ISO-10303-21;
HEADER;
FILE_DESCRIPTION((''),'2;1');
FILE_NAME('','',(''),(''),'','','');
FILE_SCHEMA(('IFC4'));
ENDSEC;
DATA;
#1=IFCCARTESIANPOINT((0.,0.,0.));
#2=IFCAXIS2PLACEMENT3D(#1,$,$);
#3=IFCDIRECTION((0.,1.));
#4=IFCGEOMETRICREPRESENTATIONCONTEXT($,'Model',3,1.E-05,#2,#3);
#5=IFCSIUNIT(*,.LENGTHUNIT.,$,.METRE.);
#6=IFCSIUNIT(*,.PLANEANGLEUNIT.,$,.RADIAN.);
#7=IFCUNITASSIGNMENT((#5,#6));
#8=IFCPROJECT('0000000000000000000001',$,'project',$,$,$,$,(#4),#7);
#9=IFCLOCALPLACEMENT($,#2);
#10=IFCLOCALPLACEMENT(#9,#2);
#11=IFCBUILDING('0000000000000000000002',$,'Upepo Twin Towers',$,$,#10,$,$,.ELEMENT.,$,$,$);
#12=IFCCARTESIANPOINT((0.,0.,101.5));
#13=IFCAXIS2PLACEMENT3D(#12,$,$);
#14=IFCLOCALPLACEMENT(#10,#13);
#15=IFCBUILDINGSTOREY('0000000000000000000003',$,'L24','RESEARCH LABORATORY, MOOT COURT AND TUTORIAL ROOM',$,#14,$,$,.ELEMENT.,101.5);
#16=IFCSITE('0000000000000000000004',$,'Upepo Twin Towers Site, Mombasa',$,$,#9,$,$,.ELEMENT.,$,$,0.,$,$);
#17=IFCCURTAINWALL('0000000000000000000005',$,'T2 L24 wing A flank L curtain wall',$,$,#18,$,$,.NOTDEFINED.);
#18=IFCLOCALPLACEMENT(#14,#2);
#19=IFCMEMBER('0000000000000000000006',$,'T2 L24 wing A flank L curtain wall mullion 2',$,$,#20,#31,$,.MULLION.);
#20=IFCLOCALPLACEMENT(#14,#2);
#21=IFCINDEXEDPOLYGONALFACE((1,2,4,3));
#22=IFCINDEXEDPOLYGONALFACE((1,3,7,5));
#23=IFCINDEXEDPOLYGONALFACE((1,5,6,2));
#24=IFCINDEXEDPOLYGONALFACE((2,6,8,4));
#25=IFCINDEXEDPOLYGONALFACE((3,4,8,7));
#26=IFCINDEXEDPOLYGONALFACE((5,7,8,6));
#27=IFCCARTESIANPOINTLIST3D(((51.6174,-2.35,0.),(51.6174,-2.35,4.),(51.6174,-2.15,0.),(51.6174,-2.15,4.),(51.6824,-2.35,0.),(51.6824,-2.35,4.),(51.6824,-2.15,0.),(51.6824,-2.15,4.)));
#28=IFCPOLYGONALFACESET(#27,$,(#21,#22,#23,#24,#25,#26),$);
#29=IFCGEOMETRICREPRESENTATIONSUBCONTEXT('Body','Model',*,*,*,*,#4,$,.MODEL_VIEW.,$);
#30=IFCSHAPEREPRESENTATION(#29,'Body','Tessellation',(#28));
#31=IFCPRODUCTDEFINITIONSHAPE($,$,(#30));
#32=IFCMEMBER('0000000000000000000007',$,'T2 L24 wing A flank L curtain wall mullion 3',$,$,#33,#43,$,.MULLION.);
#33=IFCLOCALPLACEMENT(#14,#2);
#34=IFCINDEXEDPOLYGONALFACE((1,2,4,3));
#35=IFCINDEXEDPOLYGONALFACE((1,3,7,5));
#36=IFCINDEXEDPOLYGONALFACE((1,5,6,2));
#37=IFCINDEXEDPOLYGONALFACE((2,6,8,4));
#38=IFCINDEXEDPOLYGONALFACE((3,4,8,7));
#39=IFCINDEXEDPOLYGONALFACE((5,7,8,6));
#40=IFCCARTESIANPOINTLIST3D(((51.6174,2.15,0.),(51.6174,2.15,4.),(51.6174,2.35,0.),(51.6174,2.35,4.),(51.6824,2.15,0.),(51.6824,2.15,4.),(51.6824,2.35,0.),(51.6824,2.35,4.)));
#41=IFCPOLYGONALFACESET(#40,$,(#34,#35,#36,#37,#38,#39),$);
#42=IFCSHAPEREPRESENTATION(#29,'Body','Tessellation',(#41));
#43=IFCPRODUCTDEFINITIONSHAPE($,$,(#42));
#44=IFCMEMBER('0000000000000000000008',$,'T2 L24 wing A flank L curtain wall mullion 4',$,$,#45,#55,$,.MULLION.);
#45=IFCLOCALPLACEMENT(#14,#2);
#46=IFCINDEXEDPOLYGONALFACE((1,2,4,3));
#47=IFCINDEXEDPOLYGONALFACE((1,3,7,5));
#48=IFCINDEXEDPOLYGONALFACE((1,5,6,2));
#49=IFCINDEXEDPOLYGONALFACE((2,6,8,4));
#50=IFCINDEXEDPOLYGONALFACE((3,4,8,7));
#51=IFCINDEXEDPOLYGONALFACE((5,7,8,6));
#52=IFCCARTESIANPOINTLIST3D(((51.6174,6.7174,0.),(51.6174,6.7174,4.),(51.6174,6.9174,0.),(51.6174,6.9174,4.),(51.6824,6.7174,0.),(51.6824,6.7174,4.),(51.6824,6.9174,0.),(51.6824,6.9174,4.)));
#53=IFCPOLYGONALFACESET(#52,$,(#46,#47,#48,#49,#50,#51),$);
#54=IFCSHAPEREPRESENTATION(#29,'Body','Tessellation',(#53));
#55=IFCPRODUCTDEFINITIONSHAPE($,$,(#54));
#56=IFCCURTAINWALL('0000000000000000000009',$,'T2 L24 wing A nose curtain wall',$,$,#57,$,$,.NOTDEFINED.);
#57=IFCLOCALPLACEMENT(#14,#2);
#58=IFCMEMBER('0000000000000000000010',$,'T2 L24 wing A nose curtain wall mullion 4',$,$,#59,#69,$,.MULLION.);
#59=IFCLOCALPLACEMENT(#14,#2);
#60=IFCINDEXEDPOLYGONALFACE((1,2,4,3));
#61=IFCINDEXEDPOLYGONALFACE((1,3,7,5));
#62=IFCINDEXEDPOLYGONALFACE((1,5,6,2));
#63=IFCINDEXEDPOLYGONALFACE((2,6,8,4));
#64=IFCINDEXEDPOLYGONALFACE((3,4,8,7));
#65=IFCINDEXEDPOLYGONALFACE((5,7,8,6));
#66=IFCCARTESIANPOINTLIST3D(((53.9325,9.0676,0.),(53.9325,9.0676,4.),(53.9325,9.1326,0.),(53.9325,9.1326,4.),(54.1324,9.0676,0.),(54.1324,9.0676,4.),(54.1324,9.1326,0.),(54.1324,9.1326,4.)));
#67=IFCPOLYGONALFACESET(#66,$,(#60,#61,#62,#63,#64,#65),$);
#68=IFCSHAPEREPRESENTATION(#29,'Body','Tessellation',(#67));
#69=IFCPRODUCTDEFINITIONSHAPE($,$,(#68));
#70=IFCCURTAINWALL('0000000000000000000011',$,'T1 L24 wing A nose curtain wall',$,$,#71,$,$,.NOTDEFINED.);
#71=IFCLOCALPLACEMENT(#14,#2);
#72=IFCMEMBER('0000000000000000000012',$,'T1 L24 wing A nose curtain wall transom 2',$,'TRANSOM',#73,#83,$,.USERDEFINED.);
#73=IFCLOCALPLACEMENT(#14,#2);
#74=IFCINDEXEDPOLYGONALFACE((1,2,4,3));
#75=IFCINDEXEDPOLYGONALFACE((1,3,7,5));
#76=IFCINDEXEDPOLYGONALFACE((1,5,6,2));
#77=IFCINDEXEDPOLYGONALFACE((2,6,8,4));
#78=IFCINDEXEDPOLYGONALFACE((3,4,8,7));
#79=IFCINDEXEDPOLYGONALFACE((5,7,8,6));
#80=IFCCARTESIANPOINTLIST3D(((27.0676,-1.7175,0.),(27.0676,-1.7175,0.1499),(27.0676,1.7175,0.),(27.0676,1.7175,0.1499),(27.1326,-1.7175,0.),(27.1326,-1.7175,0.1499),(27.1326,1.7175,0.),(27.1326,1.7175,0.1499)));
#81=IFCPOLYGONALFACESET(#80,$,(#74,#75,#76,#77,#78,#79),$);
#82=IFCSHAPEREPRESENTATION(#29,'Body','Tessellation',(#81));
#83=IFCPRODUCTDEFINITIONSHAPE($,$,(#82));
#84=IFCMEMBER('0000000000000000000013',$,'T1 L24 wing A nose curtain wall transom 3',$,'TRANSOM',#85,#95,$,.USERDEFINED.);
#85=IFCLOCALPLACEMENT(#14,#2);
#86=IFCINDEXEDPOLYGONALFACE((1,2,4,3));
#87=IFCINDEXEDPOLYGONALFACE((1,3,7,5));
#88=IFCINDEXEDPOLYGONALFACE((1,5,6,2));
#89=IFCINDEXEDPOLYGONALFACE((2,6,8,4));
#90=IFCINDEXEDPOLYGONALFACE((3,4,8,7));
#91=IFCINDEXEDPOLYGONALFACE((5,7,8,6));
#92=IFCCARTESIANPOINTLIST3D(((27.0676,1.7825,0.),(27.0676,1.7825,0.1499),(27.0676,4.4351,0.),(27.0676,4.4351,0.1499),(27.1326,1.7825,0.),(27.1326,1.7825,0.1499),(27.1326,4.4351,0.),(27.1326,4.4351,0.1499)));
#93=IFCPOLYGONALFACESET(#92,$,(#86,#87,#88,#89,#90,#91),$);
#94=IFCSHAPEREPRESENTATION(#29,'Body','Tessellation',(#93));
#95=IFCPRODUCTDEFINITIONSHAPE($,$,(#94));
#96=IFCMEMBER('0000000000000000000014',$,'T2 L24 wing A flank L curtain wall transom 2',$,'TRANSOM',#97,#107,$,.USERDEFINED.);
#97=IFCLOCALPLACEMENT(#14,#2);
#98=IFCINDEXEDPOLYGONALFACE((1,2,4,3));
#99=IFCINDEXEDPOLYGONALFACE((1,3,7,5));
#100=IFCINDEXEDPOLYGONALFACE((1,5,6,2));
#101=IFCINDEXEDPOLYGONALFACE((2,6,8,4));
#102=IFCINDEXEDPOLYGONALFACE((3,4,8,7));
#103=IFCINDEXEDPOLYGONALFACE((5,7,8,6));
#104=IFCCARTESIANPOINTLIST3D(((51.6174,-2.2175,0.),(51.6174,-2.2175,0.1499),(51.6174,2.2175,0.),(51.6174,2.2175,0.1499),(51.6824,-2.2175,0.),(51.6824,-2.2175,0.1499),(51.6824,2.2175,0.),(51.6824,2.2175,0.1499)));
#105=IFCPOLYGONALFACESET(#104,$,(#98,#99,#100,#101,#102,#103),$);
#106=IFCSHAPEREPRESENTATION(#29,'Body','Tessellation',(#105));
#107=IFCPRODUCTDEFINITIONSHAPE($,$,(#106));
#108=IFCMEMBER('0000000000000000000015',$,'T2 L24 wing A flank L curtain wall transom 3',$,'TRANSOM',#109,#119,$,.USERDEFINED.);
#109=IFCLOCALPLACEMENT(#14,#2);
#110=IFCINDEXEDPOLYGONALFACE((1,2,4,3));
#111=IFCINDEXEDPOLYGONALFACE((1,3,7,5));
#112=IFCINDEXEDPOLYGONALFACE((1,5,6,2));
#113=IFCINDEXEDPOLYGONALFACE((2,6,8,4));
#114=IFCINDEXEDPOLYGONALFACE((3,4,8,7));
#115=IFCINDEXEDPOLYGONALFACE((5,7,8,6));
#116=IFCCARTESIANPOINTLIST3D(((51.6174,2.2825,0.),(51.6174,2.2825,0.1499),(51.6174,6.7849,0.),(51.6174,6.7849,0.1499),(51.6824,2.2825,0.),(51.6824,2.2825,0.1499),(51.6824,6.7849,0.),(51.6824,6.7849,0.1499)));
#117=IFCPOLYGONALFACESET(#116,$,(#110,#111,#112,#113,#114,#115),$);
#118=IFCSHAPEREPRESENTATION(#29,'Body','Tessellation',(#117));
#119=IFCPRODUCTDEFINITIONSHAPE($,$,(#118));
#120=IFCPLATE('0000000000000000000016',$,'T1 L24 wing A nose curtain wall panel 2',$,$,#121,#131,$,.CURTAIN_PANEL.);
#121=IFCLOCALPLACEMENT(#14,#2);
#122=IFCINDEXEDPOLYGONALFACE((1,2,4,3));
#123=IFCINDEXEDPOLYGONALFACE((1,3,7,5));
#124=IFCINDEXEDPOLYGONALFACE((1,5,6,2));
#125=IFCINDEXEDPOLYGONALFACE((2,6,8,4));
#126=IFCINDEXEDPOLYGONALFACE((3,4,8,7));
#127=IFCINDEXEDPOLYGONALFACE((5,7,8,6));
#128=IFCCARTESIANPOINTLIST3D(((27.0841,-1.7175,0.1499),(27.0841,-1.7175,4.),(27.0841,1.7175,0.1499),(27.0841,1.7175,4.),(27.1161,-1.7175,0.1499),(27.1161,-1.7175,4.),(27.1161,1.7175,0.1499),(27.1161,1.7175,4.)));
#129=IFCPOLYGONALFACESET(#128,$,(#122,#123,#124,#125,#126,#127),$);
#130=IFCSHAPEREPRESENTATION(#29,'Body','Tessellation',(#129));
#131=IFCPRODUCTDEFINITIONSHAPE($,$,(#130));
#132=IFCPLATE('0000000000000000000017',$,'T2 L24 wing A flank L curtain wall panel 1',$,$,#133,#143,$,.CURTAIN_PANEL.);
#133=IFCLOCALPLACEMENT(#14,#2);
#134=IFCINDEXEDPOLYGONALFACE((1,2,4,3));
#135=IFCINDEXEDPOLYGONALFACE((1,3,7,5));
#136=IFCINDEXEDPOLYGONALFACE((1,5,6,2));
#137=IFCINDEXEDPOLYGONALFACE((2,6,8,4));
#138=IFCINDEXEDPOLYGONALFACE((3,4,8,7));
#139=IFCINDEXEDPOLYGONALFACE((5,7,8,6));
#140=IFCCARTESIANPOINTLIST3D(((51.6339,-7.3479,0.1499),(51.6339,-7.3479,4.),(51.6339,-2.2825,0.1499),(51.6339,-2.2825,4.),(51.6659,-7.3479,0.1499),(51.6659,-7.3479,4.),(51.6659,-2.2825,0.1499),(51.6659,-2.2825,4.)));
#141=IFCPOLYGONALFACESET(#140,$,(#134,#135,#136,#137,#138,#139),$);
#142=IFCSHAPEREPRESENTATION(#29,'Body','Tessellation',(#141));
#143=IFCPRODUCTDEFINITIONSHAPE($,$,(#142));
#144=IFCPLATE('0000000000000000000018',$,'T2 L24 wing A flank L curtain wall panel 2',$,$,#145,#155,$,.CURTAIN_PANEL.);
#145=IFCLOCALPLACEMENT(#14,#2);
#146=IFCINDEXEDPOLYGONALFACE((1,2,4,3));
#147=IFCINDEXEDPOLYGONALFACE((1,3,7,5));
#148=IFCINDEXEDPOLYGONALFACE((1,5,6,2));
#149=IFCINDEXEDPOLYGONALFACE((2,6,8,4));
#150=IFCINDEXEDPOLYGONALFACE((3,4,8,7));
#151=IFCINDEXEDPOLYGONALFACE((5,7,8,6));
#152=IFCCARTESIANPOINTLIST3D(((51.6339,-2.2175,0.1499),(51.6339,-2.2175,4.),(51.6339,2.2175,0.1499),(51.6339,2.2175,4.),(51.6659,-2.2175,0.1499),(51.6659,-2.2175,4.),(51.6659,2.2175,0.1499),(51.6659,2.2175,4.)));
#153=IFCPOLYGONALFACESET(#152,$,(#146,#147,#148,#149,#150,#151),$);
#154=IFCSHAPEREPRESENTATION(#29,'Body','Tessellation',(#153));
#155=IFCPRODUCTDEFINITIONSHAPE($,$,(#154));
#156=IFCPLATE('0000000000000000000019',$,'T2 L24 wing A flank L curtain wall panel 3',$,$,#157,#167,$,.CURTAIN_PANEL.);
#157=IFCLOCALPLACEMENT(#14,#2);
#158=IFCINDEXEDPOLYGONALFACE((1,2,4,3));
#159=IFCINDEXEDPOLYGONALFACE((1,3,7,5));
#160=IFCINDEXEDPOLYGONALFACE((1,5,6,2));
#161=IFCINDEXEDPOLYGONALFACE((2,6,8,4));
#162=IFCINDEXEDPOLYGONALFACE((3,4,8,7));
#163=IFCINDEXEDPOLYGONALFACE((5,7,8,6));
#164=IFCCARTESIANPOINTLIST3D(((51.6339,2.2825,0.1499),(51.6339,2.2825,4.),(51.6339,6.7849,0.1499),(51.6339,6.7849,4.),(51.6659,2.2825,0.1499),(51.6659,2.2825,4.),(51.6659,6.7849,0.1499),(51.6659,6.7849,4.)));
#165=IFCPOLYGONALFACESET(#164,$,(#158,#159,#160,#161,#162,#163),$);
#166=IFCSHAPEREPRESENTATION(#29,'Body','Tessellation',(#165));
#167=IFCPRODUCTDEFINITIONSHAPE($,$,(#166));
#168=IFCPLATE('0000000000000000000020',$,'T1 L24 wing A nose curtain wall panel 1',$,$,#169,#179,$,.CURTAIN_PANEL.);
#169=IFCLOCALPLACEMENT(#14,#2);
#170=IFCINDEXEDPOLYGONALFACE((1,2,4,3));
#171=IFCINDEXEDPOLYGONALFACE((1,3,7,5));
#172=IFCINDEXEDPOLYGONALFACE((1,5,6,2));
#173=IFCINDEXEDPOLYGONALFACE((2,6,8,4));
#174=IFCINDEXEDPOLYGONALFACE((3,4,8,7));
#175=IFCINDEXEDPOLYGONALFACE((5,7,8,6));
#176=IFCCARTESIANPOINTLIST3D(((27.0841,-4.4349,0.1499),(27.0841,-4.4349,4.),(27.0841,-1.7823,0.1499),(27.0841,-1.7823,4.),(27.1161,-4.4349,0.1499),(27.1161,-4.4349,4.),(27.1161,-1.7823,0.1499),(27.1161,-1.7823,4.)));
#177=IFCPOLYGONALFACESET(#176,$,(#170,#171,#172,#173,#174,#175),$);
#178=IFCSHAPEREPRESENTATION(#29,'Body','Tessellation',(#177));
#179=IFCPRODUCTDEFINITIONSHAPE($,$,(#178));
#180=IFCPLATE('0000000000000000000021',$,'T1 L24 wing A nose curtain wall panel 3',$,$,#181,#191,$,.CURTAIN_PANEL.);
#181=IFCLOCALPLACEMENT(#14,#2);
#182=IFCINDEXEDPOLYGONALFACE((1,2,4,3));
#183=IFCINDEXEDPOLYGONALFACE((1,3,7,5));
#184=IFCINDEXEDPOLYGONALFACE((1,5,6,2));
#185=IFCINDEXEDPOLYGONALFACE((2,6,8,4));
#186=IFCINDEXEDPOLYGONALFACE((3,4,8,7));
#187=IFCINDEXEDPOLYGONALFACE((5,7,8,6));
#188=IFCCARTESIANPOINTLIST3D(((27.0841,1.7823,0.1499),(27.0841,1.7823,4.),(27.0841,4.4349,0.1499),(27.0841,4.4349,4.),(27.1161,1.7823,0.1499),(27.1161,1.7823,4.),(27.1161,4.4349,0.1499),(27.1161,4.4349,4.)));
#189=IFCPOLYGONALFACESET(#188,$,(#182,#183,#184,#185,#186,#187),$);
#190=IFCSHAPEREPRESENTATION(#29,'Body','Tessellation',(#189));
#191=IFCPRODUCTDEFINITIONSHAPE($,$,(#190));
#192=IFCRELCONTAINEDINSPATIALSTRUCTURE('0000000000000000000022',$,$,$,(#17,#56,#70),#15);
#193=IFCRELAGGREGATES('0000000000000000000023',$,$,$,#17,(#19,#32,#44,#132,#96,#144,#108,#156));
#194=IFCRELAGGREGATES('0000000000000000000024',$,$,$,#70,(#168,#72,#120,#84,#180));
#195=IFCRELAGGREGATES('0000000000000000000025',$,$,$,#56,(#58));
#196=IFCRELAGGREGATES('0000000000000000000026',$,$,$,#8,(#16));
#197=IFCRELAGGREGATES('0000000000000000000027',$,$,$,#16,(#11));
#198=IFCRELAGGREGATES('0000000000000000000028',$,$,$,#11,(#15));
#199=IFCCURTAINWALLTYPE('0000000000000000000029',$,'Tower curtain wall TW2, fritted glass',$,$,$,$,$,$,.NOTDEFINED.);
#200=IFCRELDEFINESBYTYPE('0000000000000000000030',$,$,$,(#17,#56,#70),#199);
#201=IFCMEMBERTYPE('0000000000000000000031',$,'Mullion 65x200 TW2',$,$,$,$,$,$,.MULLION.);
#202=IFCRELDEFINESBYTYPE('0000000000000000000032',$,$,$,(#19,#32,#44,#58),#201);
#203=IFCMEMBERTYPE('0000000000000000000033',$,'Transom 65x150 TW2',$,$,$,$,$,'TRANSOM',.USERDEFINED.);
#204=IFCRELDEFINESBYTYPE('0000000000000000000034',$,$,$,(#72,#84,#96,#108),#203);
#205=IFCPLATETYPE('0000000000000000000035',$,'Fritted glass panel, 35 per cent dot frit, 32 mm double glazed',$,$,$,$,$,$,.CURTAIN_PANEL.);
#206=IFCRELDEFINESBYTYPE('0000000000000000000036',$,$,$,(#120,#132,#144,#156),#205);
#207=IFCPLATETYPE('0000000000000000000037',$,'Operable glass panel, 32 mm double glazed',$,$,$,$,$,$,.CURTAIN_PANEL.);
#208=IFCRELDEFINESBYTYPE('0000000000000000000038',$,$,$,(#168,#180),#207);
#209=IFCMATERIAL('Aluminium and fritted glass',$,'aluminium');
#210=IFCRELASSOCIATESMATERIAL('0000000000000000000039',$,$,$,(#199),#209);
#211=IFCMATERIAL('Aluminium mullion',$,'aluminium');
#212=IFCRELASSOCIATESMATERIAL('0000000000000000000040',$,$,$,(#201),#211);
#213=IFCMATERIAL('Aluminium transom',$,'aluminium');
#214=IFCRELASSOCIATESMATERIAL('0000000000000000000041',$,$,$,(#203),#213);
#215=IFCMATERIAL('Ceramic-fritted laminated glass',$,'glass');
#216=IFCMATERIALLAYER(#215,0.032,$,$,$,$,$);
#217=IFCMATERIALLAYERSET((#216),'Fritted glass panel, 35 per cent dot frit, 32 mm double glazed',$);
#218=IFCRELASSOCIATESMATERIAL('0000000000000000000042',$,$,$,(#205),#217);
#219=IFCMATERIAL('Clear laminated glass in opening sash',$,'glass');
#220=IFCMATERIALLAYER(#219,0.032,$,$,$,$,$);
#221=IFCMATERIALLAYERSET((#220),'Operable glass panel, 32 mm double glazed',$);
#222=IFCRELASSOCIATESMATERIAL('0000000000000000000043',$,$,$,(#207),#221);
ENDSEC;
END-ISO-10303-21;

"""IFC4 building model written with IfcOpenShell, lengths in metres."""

from ifc_helpers import new_model, si_unit, direction, frame, origin, origin_2d, place, context, subcontext, project, spatial, rectangle, extrude, material, layer, layer_set, material_profile, profile_set, type_object, element, aggregate, save


model = new_model("IFC4")

# Units and contexts
model_context = context("Model", 3, precision=1e-05, world=origin(), true_north=direction((0.0, 1.0)))
body_context = subcontext(model_context, "Body", "Model", "MODEL_VIEW")
ifc_project = project(units=[si_unit("LENGTHUNIT", "METRE"), si_unit("PLANEANGLEUNIT", "RADIAN")], contexts=[model_context])

# Site, building, storey
site_placement = place(None, origin())
site = spatial("IfcSite", under=ifc_project, at=site_placement, Name="Upepo Twin Towers Site, Mombasa", CompositionType="ELEMENT", RefElevation=0.0)
building_placement = place(site_placement, origin())
building = spatial("IfcBuilding", under=site, at=building_placement, Name="Upepo Twin Towers", CompositionType="ELEMENT")
storey_placement = place(building_placement, frame((0.0, 0.0, 101.5)))
storey = spatial("IfcBuildingStorey", under=building, at=storey_placement, Name="L24", Description="RESEARCH LABORATORY, MOOT COURT AND TUTORIAL ROOM", CompositionType="ELEMENT", Elevation=101.5)

# Curtain wall, members
ifc_material_1 = material(Name="Aluminium and fritted glass", Category="aluminium")
curtain_wall_type = type_object("IfcCurtainWallType", Name="Tower curtain wall TW2, fritted glass", PredefinedType="NOTDEFINED", material=ifc_material_1)
curtain_wall_1_placement = place(storey_placement, origin())
curtain_wall_1 = element("IfcCurtainWall", 1, at=curtain_wall_1_placement, inside=storey, type_object=curtain_wall_type, Name="T2 L24 wing A flank L curtain wall", PredefinedType="NOTDEFINED")
ifc_material_2 = material(Name="Aluminium mullion", Category="aluminium")
ifc_material_profile_1 = material_profile(ifc_material_2, rectangle(XDim=0.0649, YDim=0.2, at=origin_2d()), Name="MULLION 65x200")
ifc_profile_set_1 = profile_set([ifc_material_profile_1], Name="Aluminium mullion")
member_type_1 = type_object("IfcMemberType", Name="Mullion 65x200 TW2", PredefinedType="MULLION", material=ifc_profile_set_1)
member_1_placement = place(storey_placement, frame((51.6499, -2.25, 0.0), z_axis=(0.0, 0.0, 1.0), x_axis=(-1.0, 0.0, 0.0)))
member_1 = element("IfcMember", 2, at=member_1_placement, type_object=member_type_1, Name="T2 L24 wing A flank L curtain wall mullion 2", PredefinedType="MULLION", context=body_context, shape_type="SweptSolid", body=[
    extrude(rectangle(XDim=0.0649, YDim=0.2, at=origin_2d()), origin(), (0.0, 0.0, 1.0), 4.0),
])
member_2_placement = place(storey_placement, frame((51.6499, 2.25, 0.0), z_axis=(0.0, 0.0, 1.0), x_axis=(-1.0, 0.0, 0.0)))
member_2 = element("IfcMember", 3, at=member_2_placement, type_object=member_type_1, Name="T2 L24 wing A flank L curtain wall mullion 3", PredefinedType="MULLION", context=body_context, shape_type="SweptSolid", body=[
    extrude(rectangle(XDim=0.0649, YDim=0.2, at=origin_2d()), origin(), (0.0, 0.0, 1.0), 4.0),
])
member_3_placement = place(storey_placement, frame((51.6499, 6.8174, 0.0), z_axis=(0.0, 0.0, 1.0), x_axis=(-1.0, 0.0, 0.0)))
member_3 = element("IfcMember", 4, at=member_3_placement, type_object=member_type_1, Name="T2 L24 wing A flank L curtain wall mullion 4", PredefinedType="MULLION", context=body_context, shape_type="SweptSolid", body=[
    extrude(rectangle(XDim=0.0649, YDim=0.2, at=origin_2d()), origin(), (0.0, 0.0, 1.0), 4.0),
])

# Curtain wall, member
curtain_wall_2_placement = place(storey_placement, origin())
curtain_wall_2 = element("IfcCurtainWall", 5, at=curtain_wall_2_placement, inside=storey, type_object=curtain_wall_type, Name="T2 L24 wing A nose curtain wall", PredefinedType="NOTDEFINED")
member_4_placement = place(storey_placement, frame((54.0325, 9.1001, 0.0), z_axis=(0.0, 0.0, 1.0), x_axis=(0.0, -1.0, 0.0)))
member_4 = element("IfcMember", 6, at=member_4_placement, type_object=member_type_1, Name="T2 L24 wing A nose curtain wall mullion 4", PredefinedType="MULLION", context=body_context, shape_type="SweptSolid", body=[
    extrude(rectangle(XDim=0.0649, YDim=0.2, at=origin_2d()), origin(), (0.0, 0.0, 1.0), 4.0),
])

# Curtain wall, members
curtain_wall_3_placement = place(storey_placement, origin())
curtain_wall_3 = element("IfcCurtainWall", 7, at=curtain_wall_3_placement, inside=storey, type_object=curtain_wall_type, Name="T1 L24 wing A nose curtain wall", PredefinedType="NOTDEFINED")
ifc_material_3 = material(Name="Aluminium transom", Category="aluminium")
ifc_material_profile_2 = material_profile(ifc_material_3, rectangle(XDim=0.0649, YDim=0.1499, at=origin_2d()), Name="TRANSOM 65x150")
ifc_profile_set_2 = profile_set([ifc_material_profile_2], Name="Aluminium transom")
member_type_2 = type_object("IfcMemberType", Name="Transom 65x150 TW2", ElementType="TRANSOM", PredefinedType="USERDEFINED", material=ifc_profile_set_2)
member_5_placement = place(storey_placement, frame((27.1001, -1.7175, 0.075), z_axis=(0.0, 1.0, 0.0), x_axis=(-1.0, 0.0, 0.0)))
member_5 = element("IfcMember", 8, at=member_5_placement, type_object=member_type_2, Name="T1 L24 wing A nose curtain wall transom 2", ObjectType="TRANSOM", PredefinedType="USERDEFINED", context=body_context, shape_type="SweptSolid", body=[
    extrude(rectangle(XDim=0.0649, YDim=0.1499, at=origin_2d()), origin(), (0.0, 0.0, 1.0), 3.4351),
])
member_6_placement = place(storey_placement, frame((27.1001, 1.7825, 0.075), z_axis=(0.0, 1.0, 0.0), x_axis=(-1.0, 0.0, 0.0)))
member_6 = element("IfcMember", 9, at=member_6_placement, type_object=member_type_2, Name="T1 L24 wing A nose curtain wall transom 3", ObjectType="TRANSOM", PredefinedType="USERDEFINED", context=body_context, shape_type="SweptSolid", body=[
    extrude(rectangle(XDim=0.0649, YDim=0.1499, at=origin_2d()), origin(), (0.0, 0.0, 1.0), 2.6526),
])

# Members
member_7_placement = place(storey_placement, frame((51.6499, -2.2175, 0.075), z_axis=(0.0, 1.0, 0.0), x_axis=(-1.0, 0.0, 0.0)))
member_7 = element("IfcMember", 10, at=member_7_placement, type_object=member_type_2, Name="T2 L24 wing A flank L curtain wall transom 2", ObjectType="TRANSOM", PredefinedType="USERDEFINED", context=body_context, shape_type="SweptSolid", body=[
    extrude(rectangle(XDim=0.0649, YDim=0.1499, at=origin_2d()), origin(), (0.0, 0.0, 1.0), 4.4351),
])
member_8_placement = place(storey_placement, frame((51.6499, 2.2825, 0.075), z_axis=(0.0, 1.0, 0.0), x_axis=(-1.0, 0.0, 0.0)))
member_8 = element("IfcMember", 11, at=member_8_placement, type_object=member_type_2, Name="T2 L24 wing A flank L curtain wall transom 3", ObjectType="TRANSOM", PredefinedType="USERDEFINED", context=body_context, shape_type="SweptSolid", body=[
    extrude(rectangle(XDim=0.0649, YDim=0.1499, at=origin_2d()), origin(), (0.0, 0.0, 1.0), 4.5024),
])

# Plates
ifc_material_4 = material(Name="Ceramic-fritted laminated glass", Category="glass")
ifc_layer_1 = layer(ifc_material_4, 0.032)
ifc_layer_set_1 = layer_set([ifc_layer_1], Name="Fritted glass panel, 35 per cent dot frit, 32 mm double glazed")
plate_type_1 = type_object("IfcPlateType", Name="Fritted glass panel, 35 per cent dot frit, 32 mm double glazed", PredefinedType="CURTAIN_PANEL", material=ifc_layer_set_1)
plate_1_placement = place(storey_placement, frame((27.1001, 0.0, 0.1499), z_axis=(0.0, 0.0, 1.0), x_axis=(0.0, 1.0, 0.0)))
plate_1 = element("IfcPlate", 12, at=plate_1_placement, type_object=plate_type_1, Name="T1 L24 wing A nose curtain wall panel 2", PredefinedType="CURTAIN_PANEL", context=body_context, shape_type="SweptSolid", body=[
    extrude(rectangle(XDim=3.4351, YDim=0.032, at=origin_2d()), origin(), (0.0, 0.0, 1.0), 3.8501),
])
plate_2_placement = place(storey_placement, frame((51.6499, -4.8152, 0.1499), z_axis=(0.0, 0.0, 1.0), x_axis=(0.0, 1.0, 0.0)))
plate_2 = element("IfcPlate", 13, at=plate_2_placement, type_object=plate_type_1, Name="T2 L24 wing A flank L curtain wall panel 1", PredefinedType="CURTAIN_PANEL", context=body_context, shape_type="SweptSolid", body=[
    extrude(rectangle(XDim=5.0654, YDim=0.032, at=origin_2d()), origin(), (0.0, 0.0, 1.0), 3.8501),
])
plate_3_placement = place(storey_placement, frame((51.6499, 0.0, 0.1499), z_axis=(0.0, 0.0, 1.0), x_axis=(0.0, 1.0, 0.0)))
plate_3 = element("IfcPlate", 14, at=plate_3_placement, type_object=plate_type_1, Name="T2 L24 wing A flank L curtain wall panel 2", PredefinedType="CURTAIN_PANEL", context=body_context, shape_type="SweptSolid", body=[
    extrude(rectangle(XDim=4.4351, YDim=0.032, at=origin_2d()), origin(), (0.0, 0.0, 1.0), 3.8501),
])
plate_4_placement = place(storey_placement, frame((51.6499, 4.5337, 0.1499), z_axis=(0.0, 0.0, 1.0), x_axis=(0.0, 1.0, 0.0)))
plate_4 = element("IfcPlate", 15, at=plate_4_placement, type_object=plate_type_1, Name="T2 L24 wing A flank L curtain wall panel 3", PredefinedType="CURTAIN_PANEL", context=body_context, shape_type="SweptSolid", body=[
    extrude(rectangle(XDim=4.5024, YDim=0.032, at=origin_2d()), origin(), (0.0, 0.0, 1.0), 3.8501),
])
aggregate(curtain_wall_1, [member_1, member_2, member_3, plate_2, member_7, plate_3, member_8, plate_4])
ifc_material_5 = material(Name="Clear laminated glass in opening sash", Category="glass")
ifc_layer_2 = layer(ifc_material_5, 0.032)
ifc_layer_set_2 = layer_set([ifc_layer_2], Name="Operable glass panel, 32 mm double glazed")
plate_type_2 = type_object("IfcPlateType", Name="Operable glass panel, 32 mm double glazed", PredefinedType="CURTAIN_PANEL", material=ifc_layer_set_2)
plate_5_placement = place(storey_placement, frame((27.1001, -3.1086, 0.1499), z_axis=(0.0, 0.0, 1.0), x_axis=(0.0, 1.0, 0.0)))
plate_5 = element("IfcPlate", 16, at=plate_5_placement, type_object=plate_type_2, Name="T1 L24 wing A nose curtain wall panel 1", PredefinedType="CURTAIN_PANEL", context=body_context, shape_type="SweptSolid", body=[
    extrude(rectangle(XDim=2.6526, YDim=0.032, at=origin_2d()), origin(), (0.0, 0.0, 1.0), 3.8501),
])
plate_6_placement = place(storey_placement, frame((27.1001, 3.1086, 0.1499), z_axis=(0.0, 0.0, 1.0), x_axis=(0.0, 1.0, 0.0)))
plate_6 = element("IfcPlate", 17, at=plate_6_placement, type_object=plate_type_2, Name="T1 L24 wing A nose curtain wall panel 3", PredefinedType="CURTAIN_PANEL", context=body_context, shape_type="SweptSolid", body=[
    extrude(rectangle(XDim=2.6526, YDim=0.032, at=origin_2d()), origin(), (0.0, 0.0, 1.0), 3.8501),
])
aggregate(curtain_wall_3, [plate_5, member_5, plate_1, member_6, plate_6])
aggregate(curtain_wall_2, [member_4])

save(model, "model.ifc")
